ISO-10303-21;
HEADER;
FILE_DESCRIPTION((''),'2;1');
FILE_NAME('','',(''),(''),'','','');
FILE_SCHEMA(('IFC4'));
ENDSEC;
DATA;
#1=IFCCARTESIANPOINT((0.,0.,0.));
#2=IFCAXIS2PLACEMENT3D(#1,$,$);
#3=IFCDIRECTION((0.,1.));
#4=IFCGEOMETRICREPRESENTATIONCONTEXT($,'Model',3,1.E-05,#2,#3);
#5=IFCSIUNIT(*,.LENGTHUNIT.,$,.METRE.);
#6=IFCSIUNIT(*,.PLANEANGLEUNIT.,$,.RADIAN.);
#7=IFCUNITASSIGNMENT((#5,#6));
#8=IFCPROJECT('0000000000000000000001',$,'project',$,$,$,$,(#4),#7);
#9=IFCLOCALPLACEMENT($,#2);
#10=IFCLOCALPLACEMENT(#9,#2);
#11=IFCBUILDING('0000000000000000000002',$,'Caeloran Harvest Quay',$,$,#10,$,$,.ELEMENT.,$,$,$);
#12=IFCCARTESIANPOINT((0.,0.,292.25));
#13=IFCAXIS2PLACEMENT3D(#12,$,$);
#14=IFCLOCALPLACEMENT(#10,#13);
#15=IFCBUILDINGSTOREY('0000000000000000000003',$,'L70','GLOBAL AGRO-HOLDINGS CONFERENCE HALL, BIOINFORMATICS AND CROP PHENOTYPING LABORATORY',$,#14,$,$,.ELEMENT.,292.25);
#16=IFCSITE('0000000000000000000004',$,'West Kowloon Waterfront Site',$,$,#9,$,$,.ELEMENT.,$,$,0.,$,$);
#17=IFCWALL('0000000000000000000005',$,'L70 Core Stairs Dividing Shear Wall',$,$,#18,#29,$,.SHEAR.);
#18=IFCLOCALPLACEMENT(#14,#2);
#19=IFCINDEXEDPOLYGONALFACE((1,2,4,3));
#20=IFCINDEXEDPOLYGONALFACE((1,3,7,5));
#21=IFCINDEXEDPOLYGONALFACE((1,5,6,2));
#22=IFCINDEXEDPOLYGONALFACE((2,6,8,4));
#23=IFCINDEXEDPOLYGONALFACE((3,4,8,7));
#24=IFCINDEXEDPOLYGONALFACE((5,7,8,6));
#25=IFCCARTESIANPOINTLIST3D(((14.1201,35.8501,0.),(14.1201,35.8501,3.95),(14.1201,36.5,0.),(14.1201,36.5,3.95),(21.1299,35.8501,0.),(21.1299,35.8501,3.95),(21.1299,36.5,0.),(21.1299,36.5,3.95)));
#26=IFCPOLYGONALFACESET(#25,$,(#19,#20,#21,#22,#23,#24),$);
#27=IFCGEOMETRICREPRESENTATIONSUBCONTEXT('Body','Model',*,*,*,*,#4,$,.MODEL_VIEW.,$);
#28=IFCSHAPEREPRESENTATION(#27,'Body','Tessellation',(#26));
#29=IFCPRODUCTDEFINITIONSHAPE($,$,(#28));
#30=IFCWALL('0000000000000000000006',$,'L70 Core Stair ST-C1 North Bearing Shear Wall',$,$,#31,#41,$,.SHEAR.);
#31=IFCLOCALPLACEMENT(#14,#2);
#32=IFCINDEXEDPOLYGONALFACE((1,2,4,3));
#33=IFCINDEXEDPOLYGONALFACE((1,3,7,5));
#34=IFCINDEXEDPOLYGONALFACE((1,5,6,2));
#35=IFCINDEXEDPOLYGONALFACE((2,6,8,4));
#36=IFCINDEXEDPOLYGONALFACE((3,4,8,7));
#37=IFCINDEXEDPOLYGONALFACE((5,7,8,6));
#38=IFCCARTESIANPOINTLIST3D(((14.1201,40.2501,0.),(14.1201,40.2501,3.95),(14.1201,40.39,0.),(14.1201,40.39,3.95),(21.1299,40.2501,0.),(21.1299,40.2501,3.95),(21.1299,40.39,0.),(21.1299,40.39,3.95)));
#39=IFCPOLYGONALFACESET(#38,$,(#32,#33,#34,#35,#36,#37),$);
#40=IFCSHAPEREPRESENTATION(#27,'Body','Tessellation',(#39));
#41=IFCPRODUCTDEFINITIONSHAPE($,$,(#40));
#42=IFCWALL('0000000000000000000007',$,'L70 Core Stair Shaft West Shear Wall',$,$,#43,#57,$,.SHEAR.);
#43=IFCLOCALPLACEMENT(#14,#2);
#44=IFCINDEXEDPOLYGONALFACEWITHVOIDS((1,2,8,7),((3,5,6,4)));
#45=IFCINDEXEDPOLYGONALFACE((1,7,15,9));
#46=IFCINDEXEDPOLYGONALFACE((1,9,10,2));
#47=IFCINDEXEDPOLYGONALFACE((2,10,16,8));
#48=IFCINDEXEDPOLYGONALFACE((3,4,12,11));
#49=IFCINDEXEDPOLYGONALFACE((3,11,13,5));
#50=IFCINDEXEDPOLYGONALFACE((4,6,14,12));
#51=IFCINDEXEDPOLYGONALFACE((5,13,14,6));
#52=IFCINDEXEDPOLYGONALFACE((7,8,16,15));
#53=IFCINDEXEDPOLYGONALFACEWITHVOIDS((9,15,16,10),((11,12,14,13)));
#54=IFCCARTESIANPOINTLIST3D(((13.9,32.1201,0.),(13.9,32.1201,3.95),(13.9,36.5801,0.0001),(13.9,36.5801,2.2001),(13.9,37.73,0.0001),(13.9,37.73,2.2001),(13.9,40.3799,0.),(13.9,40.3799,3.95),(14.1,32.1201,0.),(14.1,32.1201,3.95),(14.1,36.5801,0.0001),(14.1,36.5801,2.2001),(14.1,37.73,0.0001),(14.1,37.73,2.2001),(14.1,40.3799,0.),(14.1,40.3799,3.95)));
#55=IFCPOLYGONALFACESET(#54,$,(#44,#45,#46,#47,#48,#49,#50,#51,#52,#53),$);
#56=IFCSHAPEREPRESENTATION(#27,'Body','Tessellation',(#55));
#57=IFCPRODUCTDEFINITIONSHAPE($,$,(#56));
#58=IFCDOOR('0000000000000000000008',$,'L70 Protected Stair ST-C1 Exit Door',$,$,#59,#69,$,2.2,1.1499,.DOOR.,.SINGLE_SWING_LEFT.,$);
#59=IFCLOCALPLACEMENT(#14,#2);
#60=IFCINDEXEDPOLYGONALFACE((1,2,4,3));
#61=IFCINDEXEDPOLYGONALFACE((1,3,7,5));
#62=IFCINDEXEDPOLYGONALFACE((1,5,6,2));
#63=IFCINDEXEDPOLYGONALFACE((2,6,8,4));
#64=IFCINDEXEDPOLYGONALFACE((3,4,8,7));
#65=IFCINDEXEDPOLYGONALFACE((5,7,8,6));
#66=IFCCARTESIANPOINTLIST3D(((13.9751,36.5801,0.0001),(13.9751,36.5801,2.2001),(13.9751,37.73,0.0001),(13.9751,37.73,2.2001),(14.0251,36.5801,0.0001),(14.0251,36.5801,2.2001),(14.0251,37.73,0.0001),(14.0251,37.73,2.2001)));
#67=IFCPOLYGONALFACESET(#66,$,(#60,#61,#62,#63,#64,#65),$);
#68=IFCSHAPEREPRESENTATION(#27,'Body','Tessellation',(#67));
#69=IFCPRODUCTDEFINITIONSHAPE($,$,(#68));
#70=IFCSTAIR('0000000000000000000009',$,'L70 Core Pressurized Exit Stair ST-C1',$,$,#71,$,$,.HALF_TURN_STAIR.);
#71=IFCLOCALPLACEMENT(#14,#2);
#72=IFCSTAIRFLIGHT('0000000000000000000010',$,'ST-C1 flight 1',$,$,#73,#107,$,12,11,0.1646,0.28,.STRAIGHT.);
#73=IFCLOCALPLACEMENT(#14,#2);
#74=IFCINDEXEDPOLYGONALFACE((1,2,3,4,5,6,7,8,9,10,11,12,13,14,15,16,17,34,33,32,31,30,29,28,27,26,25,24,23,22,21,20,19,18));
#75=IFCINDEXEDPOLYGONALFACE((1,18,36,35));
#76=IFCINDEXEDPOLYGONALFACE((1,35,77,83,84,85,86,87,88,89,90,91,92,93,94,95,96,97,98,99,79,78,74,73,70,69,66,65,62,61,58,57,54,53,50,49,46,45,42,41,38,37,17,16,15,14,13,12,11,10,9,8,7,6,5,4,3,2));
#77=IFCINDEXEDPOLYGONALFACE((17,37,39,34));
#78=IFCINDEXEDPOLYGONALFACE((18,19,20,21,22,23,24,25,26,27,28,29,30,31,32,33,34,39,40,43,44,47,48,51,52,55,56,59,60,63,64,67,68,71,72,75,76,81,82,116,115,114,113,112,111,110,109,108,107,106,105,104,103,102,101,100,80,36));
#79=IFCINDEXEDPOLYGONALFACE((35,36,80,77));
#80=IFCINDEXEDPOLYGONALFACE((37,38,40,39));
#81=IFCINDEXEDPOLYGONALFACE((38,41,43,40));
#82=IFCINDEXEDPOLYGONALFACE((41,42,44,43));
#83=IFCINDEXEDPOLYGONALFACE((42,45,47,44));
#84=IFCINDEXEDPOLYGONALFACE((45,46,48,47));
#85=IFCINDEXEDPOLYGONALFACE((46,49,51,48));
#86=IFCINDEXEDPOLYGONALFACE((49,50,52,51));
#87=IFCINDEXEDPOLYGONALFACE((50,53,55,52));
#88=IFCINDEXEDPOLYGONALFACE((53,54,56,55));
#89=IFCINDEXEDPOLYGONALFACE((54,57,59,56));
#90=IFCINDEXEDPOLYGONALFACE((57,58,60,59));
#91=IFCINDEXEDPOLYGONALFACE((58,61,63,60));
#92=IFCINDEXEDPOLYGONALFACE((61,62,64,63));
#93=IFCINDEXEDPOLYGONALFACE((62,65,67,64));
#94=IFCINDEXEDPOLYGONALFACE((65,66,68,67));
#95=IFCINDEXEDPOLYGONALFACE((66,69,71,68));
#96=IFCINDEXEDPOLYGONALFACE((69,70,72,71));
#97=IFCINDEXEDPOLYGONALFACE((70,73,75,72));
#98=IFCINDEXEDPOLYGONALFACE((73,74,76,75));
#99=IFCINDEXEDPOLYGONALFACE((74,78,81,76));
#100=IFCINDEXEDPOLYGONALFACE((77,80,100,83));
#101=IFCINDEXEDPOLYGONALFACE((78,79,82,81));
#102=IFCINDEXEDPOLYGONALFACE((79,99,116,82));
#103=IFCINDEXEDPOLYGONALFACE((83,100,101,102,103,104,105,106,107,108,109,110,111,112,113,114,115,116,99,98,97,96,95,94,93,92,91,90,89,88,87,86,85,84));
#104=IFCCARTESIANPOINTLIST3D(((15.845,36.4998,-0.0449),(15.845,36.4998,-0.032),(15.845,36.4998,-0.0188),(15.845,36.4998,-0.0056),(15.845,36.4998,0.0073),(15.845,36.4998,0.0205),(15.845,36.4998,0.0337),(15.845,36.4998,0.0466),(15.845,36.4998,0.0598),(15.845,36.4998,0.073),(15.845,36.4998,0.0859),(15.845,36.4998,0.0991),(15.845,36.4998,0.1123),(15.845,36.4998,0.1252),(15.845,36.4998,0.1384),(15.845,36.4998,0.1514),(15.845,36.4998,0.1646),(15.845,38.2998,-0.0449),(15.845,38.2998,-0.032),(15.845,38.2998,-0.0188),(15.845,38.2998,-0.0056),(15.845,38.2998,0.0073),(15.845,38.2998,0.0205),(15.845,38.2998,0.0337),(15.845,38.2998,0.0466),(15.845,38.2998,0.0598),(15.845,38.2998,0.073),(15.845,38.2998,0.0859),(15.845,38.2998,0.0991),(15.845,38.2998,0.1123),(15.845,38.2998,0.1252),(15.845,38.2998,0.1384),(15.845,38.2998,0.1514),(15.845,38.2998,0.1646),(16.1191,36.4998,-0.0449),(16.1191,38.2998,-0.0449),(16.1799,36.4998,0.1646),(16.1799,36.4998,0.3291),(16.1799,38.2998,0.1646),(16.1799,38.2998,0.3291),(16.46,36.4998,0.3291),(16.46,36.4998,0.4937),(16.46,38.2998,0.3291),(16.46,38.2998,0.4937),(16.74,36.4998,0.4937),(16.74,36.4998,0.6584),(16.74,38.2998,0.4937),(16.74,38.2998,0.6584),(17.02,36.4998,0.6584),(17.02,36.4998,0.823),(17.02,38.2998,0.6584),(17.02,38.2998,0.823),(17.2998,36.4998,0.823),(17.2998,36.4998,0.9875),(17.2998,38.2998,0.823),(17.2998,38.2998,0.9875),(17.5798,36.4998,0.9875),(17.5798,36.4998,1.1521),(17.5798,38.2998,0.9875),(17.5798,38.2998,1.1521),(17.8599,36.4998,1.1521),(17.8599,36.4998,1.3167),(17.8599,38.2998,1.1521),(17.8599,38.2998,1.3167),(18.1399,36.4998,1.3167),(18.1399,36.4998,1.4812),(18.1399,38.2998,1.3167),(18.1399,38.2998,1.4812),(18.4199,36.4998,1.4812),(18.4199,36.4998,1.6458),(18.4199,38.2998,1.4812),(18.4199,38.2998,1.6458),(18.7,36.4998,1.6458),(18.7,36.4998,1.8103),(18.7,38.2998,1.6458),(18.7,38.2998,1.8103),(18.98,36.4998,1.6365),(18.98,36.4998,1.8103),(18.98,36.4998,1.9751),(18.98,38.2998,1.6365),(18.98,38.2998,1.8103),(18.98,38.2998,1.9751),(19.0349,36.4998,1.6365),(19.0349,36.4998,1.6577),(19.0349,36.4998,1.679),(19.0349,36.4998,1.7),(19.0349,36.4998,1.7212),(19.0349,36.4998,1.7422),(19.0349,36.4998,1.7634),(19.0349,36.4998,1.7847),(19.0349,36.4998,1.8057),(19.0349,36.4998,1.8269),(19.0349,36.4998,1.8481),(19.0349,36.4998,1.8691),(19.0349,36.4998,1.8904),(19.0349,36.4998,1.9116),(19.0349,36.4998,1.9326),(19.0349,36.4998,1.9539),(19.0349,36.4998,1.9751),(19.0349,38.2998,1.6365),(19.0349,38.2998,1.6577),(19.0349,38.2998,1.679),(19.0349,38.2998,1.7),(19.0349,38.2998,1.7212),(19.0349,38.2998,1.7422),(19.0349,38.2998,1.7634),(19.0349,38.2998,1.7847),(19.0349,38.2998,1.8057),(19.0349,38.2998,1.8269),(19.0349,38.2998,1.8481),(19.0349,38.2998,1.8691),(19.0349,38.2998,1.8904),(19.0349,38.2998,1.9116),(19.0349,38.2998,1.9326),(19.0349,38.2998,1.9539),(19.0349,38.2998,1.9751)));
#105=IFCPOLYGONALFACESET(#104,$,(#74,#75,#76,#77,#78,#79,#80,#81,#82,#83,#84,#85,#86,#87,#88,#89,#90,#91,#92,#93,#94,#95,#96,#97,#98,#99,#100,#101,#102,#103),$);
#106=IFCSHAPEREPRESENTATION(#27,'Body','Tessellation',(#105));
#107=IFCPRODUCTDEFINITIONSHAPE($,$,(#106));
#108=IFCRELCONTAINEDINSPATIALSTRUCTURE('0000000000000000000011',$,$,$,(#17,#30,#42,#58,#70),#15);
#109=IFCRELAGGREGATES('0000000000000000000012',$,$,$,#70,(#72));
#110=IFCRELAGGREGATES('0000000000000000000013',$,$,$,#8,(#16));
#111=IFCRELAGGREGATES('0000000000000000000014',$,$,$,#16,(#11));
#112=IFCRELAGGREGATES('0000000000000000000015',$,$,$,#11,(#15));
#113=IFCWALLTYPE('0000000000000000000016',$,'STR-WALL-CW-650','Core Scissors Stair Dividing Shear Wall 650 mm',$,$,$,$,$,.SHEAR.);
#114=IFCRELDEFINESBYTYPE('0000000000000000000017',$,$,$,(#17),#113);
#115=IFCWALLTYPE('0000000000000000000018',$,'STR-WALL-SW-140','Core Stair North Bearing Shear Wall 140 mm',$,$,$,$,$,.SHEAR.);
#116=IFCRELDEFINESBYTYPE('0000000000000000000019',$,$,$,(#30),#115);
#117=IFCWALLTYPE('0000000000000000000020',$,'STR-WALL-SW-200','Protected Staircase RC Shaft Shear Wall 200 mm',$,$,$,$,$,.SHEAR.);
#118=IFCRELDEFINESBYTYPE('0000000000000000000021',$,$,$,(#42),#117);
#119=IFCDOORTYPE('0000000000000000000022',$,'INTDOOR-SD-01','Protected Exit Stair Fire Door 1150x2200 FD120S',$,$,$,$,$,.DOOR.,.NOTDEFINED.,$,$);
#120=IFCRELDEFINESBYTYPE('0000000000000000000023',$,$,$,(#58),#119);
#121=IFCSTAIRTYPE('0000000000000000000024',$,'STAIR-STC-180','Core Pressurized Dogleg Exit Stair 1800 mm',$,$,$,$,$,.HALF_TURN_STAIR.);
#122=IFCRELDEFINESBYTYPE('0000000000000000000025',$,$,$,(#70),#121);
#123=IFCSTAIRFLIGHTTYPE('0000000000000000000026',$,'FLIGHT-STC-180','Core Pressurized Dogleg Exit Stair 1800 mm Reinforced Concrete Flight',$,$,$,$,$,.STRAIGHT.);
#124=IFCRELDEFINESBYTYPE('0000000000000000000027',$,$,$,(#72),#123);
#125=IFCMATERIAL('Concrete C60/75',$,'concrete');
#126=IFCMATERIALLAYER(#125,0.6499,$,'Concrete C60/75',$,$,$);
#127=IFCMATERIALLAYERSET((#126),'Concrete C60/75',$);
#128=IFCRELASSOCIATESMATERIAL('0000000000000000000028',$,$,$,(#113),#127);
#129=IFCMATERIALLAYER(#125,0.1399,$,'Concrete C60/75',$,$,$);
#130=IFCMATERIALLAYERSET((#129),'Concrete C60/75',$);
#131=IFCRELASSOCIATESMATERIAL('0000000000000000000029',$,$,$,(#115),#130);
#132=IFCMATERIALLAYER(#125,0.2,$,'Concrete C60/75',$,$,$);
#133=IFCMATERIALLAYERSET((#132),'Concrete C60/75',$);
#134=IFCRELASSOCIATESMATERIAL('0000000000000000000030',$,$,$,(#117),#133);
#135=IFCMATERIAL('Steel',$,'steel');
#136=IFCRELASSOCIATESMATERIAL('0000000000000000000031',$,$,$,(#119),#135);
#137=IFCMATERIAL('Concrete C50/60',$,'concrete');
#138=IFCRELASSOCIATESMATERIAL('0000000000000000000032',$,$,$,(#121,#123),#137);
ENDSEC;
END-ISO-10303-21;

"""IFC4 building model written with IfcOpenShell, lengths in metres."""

from ifc_helpers import new_model, si_unit, direction, frame, frame_2d, origin, place, context, subcontext, project, spatial, polyline, rectangle, outline, extrude, material, layer, layer_set, type_object, element, fill, aggregate, save


model = new_model("IFC4")

# Units and contexts
model_context = context("Model", 3, precision=1e-05, world=origin(), true_north=direction((0.0, 1.0)))
body_context = subcontext(model_context, "Body", "Model", "MODEL_VIEW")
ifc_project = project(units=[si_unit("LENGTHUNIT", "METRE"), si_unit("PLANEANGLEUNIT", "RADIAN")], contexts=[model_context])

# Site, building, storey
site_placement = place(None, origin())
site = spatial("IfcSite", under=ifc_project, at=site_placement, Name="West Kowloon Waterfront Site", CompositionType="ELEMENT", RefElevation=0.0)
building_placement = place(site_placement, origin())
building = spatial("IfcBuilding", under=site, at=building_placement, Name="Caeloran Harvest Quay", CompositionType="ELEMENT")
storey_placement = place(building_placement, frame((0.0, 0.0, 292.25)))
storey = spatial("IfcBuildingStorey", under=building, at=storey_placement, Name="L70", Description="GLOBAL AGRO-HOLDINGS CONFERENCE HALL, BIOINFORMATICS AND CROP PHENOTYPING LABORATORY", CompositionType="ELEMENT", Elevation=292.25)

# Walls
ifc_material_1 = material(Name="Concrete C60/75", Category="concrete")
ifc_layer_1 = layer(ifc_material_1, 0.6499, Name="Concrete C60/75")
ifc_layer_set_1 = layer_set([ifc_layer_1], Name="Concrete C60/75")
wall_type_1 = type_object("IfcWallType", Name="STR-WALL-CW-650", Description="Core Scissors Stair Dividing Shear Wall 650 mm", PredefinedType="SHEAR", material=ifc_layer_set_1)
wall_1_placement = place(storey_placement, frame((14.1201, 36.175, 0.0), z_axis=(0.0, 0.0, 1.0), x_axis=(1.0, 0.0, 0.0)))
element("IfcWall", 1, at=wall_1_placement, inside=storey, type_object=wall_type_1, Name="L70 Core Stairs Dividing Shear Wall", PredefinedType="SHEAR", context=body_context, shape_type="SweptSolid", body=[
    extrude(rectangle(XDim=7.0098, YDim=0.6499, at=frame_2d((3.5049, 0.0))), origin(), (0.0, 0.0, 1.0), 3.95),
])
ifc_layer_2 = layer(ifc_material_1, 0.1399, Name="Concrete C60/75")
ifc_layer_set_2 = layer_set([ifc_layer_2], Name="Concrete C60/75")
wall_type_2 = type_object("IfcWallType", Name="STR-WALL-SW-140", Description="Core Stair North Bearing Shear Wall 140 mm", PredefinedType="SHEAR", material=ifc_layer_set_2)
wall_2_placement = place(storey_placement, frame((14.1201, 40.3201, 0.0), z_axis=(0.0, 0.0, 1.0), x_axis=(1.0, 0.0, 0.0)))
element("IfcWall", 2, at=wall_2_placement, inside=storey, type_object=wall_type_2, Name="L70 Core Stair ST-C1 North Bearing Shear Wall", PredefinedType="SHEAR", context=body_context, shape_type="SweptSolid", body=[
    extrude(rectangle(XDim=7.0098, YDim=0.1399, at=frame_2d((3.5049, 0.0))), origin(), (0.0, 0.0, 1.0), 3.95),
])

# Wall, opening, door
ifc_layer_3 = layer(ifc_material_1, 0.2, Name="Concrete C60/75")
ifc_layer_set_3 = layer_set([ifc_layer_3], Name="Concrete C60/75")
wall_type_3 = type_object("IfcWallType", Name="STR-WALL-SW-200", Description="Protected Staircase RC Shaft Shear Wall 200 mm", PredefinedType="SHEAR", material=ifc_layer_set_3)
wall_3_placement = place(storey_placement, frame((14.0, 32.1201, 0.0), z_axis=(0.0, 0.0, 1.0), x_axis=(0.0, 1.0, 0.0)))
wall_3 = element("IfcWall", 3, at=wall_3_placement, inside=storey, type_object=wall_type_3, Name="L70 Core Stair Shaft West Shear Wall", PredefinedType="SHEAR", context=body_context, shape_type="SweptSolid", body=[
    extrude(rectangle(XDim=8.2598, YDim=0.2, at=frame_2d((4.1299, 0.0))), origin(), (0.0, 0.0, 1.0), 3.95),
])
opening_1_placement = place(wall_3_placement, frame((4.46, 0.0, 0.0)))
opening_1 = element("IfcOpeningElement", 4, at=opening_1_placement, cuts=wall_3, PredefinedType="OPENING", context=body_context, shape_type="SweptSolid", body=[
    extrude(rectangle(XDim=1.1499, YDim=2.2, at=frame_2d((0.575, 1.1001))), frame((0.0, 0.1099, 0.0), z_axis=(0.0, -1.0, 0.0), x_axis=(1.0, 0.0, 0.0)), (0.0, 0.0, 1.0), 0.22),
])
ifc_material_2 = material(Name="Steel", Category="steel")
door_type_1 = type_object("IfcDoorType", Name="INTDOOR-SD-01", Description="Protected Exit Stair Fire Door 1150x2200 FD120S", OperationType="NOTDEFINED", PredefinedType="DOOR", material=ifc_material_2)
door_1_placement = place(opening_1_placement, origin())
door_1 = element("IfcDoor", 5, at=door_1_placement, inside=storey, type_object=door_type_1, Name="L70 Protected Stair ST-C1 Exit Door", OperationType="SINGLE_SWING_LEFT", OverallHeight=2.2, OverallWidth=1.1499, PredefinedType="DOOR", context=body_context, shape_type="SweptSolid", body=[
    extrude(rectangle(XDim=1.1499, YDim=2.2, at=frame_2d((0.575, 1.1001))), frame((0.0, 0.0249, 0.0), z_axis=(0.0, -1.0, 0.0), x_axis=(1.0, 0.0, 0.0)), (0.0, 0.0, 1.0), 0.05),
])
fill(opening_1, door_1)

# Stair, stair flight
ifc_material_3 = material(Name="Concrete C50/60", Category="concrete")
stair_type = type_object("IfcStairType", Name="STAIR-STC-180", Description="Core Pressurized Dogleg Exit Stair 1800 mm", PredefinedType="HALF_TURN_STAIR", material=ifc_material_3)
stair_1_placement = place(storey_placement, origin())
stair_1 = element("IfcStair", 6, at=stair_1_placement, inside=storey, type_object=stair_type, Name="L70 Core Pressurized Exit Stair ST-C1", PredefinedType="HALF_TURN_STAIR")
stair_flight_type = type_object("IfcStairFlightType", Name="FLIGHT-STC-180", Description="Core Pressurized Dogleg Exit Stair 1800 mm Reinforced Concrete Flight", PredefinedType="STRAIGHT", material=ifc_material_3)
stair_flight_1_placement = place(storey_placement, frame((15.8999, 37.3999, 0.0), z_axis=(0.0, 0.0, 1.0), x_axis=(1.0, 0.0, 0.0)))
stair_flight_1 = element("IfcStairFlight", 7, at=stair_flight_1_placement, type_object=stair_flight_type, Name="ST-C1 flight 1", NumberOfRisers=12, NumberOfTreads=11, PredefinedType="STRAIGHT", RiserHeight=0.1646, TreadLength=0.28, context=body_context, shape_type="SweptSolid", body=[
    extrude(outline(polyline([(-0.0549, -0.0449), (-0.0549, -0.032), (-0.0549, -0.0188), (-0.0549, -0.0056), (-0.0549, 0.0073), (-0.0549, 0.0205), (-0.0549, 0.0337), (-0.0549, 0.0466), (-0.0549, 0.0598), (-0.0549, 0.073), (-0.0549, 0.0859), (-0.0549, 0.0991), (-0.0549, 0.1123), (-0.0549, 0.1252), (-0.0549, 0.1384), (-0.0549, 0.1514), (-0.0549, 0.1646), (0.28, 0.1646), (0.28, 0.3291), (0.5601, 0.3291), (0.5601, 0.4937), (0.8401, 0.4937), (0.8401, 0.6584), (1.1201, 0.6584), (1.1201, 0.823), (1.3999, 0.823), (1.3999, 0.9875), (1.6799, 0.9875), (1.6799, 1.1521), (1.96, 1.1521), (1.96, 1.3167), (2.24, 1.3167), (2.24, 1.4812), (2.52, 1.4812), (2.52, 1.6458), (2.8, 1.6458), (2.8, 1.8103), (3.0801, 1.8103), (3.0801, 1.9751), (3.135, 1.9751), (3.135, 1.9539), (3.135, 1.9326), (3.135, 1.9116), (3.135, 1.8904), (3.135, 1.8691), (3.135, 1.8481), (3.135, 1.8269), (3.135, 1.8057), (3.135, 1.7847), (3.135, 1.7634), (3.135, 1.7422), (3.135, 1.7212), (3.135, 1.7), (3.135, 1.679), (3.135, 1.6577), (3.135, 1.6365), (3.0801, 1.6365), (0.2192, -0.0449), (-0.0549, -0.0449)])), frame((0.0, 0.8999, 0.0), z_axis=(0.0, -1.0, 0.0), x_axis=(1.0, 0.0, 0.0)), (0.0, 0.0, 1.0), 1.8),
])
aggregate(stair_1, [stair_flight_1])

save(model, "model.ifc")
